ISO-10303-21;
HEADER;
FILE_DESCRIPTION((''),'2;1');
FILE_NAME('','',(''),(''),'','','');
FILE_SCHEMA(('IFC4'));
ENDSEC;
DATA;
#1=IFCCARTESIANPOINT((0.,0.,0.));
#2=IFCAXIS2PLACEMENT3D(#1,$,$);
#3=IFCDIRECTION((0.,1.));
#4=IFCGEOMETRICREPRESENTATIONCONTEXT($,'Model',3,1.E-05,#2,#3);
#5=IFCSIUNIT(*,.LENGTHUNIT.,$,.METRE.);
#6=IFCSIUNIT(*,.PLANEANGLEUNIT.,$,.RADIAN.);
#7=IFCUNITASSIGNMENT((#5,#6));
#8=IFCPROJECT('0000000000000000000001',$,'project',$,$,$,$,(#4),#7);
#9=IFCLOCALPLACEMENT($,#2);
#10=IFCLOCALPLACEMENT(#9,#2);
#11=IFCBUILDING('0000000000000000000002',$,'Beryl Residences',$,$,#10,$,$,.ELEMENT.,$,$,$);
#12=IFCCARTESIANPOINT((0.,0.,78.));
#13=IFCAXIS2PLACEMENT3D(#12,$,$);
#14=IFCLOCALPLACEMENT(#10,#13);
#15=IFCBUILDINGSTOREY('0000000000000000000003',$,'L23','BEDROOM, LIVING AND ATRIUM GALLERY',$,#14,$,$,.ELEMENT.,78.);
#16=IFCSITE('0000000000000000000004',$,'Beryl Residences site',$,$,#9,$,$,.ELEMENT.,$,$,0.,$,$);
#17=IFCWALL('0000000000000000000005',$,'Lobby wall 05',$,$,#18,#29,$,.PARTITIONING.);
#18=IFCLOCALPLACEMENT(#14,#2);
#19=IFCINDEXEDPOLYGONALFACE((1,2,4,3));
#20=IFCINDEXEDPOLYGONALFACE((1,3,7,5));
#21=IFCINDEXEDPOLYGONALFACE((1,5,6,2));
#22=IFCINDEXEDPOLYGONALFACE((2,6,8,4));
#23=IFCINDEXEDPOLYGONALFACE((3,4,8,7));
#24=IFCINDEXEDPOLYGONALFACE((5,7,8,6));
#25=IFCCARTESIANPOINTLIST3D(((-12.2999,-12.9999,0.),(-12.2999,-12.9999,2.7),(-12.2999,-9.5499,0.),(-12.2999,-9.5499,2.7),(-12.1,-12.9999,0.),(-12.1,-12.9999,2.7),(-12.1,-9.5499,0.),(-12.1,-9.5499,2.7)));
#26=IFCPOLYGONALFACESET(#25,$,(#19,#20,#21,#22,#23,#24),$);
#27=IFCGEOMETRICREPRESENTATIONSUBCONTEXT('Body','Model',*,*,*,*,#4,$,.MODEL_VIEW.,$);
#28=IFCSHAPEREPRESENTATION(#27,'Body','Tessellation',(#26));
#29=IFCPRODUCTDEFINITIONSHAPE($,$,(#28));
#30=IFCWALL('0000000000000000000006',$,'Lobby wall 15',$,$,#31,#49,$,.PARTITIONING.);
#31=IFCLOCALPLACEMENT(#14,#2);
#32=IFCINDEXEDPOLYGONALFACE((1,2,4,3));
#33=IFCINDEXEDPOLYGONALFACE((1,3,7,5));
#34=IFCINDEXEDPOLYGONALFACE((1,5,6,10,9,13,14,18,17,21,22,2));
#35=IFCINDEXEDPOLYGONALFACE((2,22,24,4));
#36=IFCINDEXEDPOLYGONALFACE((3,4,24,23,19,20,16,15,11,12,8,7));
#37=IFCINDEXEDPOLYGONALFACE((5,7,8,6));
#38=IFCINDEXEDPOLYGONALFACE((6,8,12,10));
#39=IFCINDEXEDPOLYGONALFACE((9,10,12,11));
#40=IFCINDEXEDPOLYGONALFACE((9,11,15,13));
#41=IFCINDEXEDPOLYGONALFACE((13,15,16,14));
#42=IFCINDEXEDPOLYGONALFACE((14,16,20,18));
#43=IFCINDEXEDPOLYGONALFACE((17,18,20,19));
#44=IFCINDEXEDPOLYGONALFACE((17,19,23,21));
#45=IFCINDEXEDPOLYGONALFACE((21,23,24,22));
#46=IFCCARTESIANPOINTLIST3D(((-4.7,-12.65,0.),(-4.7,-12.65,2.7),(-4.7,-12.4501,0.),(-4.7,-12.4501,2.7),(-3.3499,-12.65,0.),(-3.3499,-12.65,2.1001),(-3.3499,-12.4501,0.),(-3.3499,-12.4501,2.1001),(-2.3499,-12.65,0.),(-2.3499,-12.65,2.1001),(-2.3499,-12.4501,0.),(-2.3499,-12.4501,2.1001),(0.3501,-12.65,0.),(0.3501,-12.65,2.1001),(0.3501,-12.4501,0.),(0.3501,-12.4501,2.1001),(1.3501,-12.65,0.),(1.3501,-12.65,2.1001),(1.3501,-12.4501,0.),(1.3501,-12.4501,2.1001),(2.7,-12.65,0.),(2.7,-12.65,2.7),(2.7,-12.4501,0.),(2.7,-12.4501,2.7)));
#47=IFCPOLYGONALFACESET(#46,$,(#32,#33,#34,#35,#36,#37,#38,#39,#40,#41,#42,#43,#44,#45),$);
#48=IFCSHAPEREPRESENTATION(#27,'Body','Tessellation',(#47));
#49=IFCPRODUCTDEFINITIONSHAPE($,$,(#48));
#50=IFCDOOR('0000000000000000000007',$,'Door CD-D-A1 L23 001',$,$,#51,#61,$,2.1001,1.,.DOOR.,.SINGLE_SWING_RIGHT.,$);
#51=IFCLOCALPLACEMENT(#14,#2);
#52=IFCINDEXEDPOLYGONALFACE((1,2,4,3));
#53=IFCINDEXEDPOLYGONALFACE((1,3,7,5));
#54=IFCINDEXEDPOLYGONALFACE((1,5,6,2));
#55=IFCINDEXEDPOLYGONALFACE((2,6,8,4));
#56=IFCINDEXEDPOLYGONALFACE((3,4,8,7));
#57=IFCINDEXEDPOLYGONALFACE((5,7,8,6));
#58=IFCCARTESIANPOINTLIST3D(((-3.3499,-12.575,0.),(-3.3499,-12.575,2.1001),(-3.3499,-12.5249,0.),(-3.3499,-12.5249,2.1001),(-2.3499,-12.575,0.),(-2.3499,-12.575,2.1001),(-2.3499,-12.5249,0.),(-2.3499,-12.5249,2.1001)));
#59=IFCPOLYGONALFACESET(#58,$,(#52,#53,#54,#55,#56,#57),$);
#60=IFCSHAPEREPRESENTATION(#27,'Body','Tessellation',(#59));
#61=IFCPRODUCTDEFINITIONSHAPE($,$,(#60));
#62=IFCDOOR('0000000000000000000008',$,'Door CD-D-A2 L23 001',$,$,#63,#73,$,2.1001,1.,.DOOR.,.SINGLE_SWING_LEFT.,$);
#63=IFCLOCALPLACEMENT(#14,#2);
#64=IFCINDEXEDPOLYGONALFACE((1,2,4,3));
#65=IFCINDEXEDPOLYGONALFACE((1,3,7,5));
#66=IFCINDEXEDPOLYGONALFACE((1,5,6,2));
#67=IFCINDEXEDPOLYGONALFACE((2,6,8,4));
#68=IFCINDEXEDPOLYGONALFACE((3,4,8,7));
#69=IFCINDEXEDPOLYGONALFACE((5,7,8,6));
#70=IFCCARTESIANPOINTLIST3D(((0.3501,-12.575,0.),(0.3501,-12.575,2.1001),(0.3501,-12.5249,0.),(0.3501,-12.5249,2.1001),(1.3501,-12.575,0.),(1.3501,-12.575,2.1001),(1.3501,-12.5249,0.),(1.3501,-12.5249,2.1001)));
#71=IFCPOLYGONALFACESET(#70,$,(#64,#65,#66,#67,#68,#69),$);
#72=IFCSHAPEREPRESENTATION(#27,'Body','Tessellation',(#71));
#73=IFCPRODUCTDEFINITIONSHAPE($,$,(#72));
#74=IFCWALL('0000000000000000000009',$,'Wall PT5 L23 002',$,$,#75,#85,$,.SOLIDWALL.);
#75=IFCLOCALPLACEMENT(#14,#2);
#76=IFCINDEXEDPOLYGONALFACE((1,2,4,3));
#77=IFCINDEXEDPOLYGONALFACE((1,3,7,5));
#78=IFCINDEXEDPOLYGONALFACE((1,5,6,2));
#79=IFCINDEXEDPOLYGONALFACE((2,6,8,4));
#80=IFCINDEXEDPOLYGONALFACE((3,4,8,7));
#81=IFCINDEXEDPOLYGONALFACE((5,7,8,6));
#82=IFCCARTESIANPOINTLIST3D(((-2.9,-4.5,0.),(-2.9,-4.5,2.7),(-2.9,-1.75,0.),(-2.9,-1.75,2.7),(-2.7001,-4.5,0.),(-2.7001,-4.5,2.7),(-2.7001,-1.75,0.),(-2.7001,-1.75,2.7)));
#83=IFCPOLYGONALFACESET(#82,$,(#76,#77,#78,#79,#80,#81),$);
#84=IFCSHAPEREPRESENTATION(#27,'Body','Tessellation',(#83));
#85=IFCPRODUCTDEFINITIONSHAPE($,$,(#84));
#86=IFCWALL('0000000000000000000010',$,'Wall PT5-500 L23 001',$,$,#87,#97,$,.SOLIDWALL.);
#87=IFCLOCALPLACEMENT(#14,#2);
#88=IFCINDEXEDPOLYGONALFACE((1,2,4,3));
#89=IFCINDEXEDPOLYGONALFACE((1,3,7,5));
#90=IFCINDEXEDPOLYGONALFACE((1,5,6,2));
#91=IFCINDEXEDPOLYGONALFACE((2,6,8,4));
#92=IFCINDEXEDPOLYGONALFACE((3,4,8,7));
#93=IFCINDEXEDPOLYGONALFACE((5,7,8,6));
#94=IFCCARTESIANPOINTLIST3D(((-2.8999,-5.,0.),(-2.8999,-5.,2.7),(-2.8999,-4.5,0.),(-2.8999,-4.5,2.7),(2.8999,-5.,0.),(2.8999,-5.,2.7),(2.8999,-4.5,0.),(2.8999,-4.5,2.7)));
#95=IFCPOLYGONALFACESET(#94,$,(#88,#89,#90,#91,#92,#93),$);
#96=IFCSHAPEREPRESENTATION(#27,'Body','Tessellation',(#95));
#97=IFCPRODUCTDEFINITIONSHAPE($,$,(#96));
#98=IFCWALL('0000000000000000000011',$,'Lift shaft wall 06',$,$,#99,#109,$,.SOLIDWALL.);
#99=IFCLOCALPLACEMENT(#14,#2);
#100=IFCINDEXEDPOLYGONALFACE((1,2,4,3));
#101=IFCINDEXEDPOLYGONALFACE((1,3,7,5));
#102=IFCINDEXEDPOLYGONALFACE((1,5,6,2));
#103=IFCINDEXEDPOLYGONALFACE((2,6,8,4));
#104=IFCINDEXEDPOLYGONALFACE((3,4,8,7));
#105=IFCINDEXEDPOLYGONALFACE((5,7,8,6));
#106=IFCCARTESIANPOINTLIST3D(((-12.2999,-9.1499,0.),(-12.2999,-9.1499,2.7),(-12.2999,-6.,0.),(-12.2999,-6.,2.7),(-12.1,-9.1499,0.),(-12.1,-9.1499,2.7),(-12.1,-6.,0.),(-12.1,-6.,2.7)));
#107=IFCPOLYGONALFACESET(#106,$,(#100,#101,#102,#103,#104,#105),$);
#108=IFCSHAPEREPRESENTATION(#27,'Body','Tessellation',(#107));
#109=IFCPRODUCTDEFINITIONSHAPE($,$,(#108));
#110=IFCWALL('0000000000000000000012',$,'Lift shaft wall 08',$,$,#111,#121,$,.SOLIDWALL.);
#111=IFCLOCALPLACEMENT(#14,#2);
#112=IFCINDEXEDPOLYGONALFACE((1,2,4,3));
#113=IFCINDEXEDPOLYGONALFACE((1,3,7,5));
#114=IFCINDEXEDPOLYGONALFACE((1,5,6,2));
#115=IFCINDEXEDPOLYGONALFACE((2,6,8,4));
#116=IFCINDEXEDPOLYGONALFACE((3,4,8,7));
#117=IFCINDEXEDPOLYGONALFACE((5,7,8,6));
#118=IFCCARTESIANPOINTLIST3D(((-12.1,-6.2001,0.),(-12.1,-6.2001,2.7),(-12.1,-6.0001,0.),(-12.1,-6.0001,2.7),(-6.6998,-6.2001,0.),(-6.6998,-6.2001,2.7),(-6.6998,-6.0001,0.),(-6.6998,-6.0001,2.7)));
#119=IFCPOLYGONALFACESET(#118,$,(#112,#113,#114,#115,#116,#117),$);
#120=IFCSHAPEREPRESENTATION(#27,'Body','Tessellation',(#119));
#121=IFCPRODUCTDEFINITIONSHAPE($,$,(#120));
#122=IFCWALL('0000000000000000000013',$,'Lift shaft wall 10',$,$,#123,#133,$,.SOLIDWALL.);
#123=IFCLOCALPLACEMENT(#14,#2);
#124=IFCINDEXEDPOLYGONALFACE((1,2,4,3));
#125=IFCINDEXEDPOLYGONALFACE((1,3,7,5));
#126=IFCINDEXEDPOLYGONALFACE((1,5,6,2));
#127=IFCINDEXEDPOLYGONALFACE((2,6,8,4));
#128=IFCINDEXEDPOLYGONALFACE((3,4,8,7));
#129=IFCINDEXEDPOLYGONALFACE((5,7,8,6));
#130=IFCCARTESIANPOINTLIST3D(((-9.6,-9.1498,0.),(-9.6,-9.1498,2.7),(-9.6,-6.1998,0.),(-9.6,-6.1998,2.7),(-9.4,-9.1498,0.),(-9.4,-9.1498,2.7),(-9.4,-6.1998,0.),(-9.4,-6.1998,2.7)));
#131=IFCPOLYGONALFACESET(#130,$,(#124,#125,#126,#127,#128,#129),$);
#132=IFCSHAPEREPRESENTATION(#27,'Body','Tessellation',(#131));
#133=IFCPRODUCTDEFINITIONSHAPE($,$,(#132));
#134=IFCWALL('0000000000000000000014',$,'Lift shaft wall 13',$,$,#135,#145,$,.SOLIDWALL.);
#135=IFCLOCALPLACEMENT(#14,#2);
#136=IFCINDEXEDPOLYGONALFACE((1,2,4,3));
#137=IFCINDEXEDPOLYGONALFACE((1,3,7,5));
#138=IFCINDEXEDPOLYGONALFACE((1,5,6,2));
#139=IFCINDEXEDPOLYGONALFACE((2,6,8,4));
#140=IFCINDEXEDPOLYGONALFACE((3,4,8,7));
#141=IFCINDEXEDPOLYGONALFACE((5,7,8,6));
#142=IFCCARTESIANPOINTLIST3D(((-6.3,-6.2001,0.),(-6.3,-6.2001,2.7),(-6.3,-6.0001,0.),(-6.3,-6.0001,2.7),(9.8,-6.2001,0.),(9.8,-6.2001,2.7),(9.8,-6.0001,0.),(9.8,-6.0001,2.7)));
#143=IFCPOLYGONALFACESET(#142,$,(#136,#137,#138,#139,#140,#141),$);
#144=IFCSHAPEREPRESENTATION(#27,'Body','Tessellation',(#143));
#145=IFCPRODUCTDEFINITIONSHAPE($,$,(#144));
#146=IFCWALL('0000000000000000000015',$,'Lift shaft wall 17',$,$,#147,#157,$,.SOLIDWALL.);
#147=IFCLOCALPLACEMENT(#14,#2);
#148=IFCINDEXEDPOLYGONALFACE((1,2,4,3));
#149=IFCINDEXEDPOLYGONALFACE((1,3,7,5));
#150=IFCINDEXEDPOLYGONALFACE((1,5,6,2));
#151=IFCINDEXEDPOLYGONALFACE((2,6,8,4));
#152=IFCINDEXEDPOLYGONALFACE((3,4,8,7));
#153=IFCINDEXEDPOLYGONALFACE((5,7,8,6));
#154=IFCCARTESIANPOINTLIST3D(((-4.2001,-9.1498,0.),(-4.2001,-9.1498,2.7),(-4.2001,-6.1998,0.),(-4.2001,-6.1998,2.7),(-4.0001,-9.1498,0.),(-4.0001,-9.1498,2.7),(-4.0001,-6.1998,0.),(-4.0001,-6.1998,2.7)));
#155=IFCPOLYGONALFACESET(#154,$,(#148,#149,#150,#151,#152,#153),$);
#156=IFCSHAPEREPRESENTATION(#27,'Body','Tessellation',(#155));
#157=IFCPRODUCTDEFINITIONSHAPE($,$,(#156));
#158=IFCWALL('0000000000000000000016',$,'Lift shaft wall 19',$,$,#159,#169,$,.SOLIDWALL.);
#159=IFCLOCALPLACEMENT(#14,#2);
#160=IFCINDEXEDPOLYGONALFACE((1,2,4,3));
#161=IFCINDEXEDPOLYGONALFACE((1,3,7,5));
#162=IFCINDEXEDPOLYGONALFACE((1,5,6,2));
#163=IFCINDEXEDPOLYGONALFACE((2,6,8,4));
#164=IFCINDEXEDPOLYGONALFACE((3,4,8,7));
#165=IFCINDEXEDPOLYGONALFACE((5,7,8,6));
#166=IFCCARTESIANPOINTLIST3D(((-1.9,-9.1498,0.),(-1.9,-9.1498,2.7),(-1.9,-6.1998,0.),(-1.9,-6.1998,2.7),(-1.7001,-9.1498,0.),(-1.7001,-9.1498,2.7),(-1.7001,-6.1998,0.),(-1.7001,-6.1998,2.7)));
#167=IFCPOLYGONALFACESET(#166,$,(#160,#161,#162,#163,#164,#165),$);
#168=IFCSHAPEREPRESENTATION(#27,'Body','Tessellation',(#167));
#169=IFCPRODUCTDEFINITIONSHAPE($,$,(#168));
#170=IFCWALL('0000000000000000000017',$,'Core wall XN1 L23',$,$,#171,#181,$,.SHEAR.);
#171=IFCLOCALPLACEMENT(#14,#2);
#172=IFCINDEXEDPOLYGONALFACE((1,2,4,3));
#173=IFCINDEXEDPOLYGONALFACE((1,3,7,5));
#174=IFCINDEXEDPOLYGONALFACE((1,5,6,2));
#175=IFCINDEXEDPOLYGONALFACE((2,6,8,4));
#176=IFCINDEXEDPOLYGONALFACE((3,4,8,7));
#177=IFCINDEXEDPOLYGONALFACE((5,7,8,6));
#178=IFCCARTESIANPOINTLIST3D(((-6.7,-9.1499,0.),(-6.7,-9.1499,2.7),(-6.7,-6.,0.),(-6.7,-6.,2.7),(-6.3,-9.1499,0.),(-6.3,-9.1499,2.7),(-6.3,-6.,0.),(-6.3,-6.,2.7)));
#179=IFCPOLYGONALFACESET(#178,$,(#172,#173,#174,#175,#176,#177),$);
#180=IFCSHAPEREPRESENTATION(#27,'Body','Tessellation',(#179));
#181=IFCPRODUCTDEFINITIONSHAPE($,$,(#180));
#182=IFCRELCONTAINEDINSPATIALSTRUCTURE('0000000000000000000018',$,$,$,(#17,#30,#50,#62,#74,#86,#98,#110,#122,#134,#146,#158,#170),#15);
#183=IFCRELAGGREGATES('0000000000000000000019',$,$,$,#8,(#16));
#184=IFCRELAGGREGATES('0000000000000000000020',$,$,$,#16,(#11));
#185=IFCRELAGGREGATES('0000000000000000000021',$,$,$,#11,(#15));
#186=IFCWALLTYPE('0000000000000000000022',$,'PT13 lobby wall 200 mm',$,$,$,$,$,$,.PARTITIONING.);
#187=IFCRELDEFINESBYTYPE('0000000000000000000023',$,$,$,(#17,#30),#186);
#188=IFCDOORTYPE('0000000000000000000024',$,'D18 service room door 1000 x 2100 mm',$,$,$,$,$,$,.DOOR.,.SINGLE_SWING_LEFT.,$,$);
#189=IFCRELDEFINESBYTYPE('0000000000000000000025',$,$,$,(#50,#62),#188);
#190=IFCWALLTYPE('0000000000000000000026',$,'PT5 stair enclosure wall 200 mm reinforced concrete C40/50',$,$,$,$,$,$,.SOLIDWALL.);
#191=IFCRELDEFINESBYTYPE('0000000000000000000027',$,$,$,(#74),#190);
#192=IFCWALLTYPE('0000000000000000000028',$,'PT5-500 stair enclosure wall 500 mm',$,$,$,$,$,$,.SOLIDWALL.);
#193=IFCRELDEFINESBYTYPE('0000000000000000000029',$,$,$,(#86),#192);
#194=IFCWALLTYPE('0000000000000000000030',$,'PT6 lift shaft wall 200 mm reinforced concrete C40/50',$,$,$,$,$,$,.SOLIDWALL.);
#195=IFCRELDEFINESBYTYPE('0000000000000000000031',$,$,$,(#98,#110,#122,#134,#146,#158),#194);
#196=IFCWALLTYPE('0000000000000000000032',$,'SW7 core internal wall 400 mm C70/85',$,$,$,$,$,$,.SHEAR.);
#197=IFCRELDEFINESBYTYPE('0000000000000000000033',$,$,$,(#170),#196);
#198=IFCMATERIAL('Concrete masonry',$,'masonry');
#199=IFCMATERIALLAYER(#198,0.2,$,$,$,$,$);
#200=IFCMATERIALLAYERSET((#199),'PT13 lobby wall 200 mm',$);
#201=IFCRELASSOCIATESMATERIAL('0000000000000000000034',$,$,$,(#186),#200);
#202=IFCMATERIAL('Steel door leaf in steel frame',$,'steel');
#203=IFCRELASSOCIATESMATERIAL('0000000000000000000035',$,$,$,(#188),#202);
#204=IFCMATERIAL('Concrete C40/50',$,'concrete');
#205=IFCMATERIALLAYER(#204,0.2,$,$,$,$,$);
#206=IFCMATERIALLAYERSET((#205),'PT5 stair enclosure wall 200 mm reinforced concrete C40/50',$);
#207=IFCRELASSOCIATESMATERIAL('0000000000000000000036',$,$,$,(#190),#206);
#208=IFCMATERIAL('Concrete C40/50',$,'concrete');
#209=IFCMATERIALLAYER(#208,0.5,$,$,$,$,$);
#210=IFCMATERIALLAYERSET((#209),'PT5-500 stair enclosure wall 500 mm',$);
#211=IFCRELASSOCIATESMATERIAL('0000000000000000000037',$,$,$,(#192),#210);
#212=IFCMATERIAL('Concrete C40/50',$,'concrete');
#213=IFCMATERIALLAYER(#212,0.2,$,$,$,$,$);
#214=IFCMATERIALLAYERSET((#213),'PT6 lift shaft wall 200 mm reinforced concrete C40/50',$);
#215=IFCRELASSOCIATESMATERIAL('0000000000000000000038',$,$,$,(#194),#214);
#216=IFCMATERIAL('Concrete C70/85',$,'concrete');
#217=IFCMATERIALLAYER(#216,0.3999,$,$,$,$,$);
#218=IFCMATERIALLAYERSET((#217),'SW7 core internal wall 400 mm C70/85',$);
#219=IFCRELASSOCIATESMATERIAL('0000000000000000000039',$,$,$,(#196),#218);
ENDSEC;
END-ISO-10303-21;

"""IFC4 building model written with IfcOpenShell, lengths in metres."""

from ifc_helpers import new_model, si_unit, direction, frame, frame_2d, origin, place, context, subcontext, project, spatial, rectangle, extrude, material, layer, layer_set, type_object, element, fill, save


model = new_model("IFC4")

# Units and contexts
model_context = context("Model", 3, precision=1e-05, world=origin(), true_north=direction((0.0, 1.0)))
body_context = subcontext(model_context, "Body", "Model", "MODEL_VIEW")
ifc_project = project(units=[si_unit("LENGTHUNIT", "METRE"), si_unit("PLANEANGLEUNIT", "RADIAN")], contexts=[model_context])

# Site, building, storey
site_placement = place(None, origin())
site = spatial("IfcSite", under=ifc_project, at=site_placement, Name="Beryl Residences site", CompositionType="ELEMENT", RefElevation=0.0)
building_placement = place(site_placement, origin())
building = spatial("IfcBuilding", under=site, at=building_placement, Name="Beryl Residences", CompositionType="ELEMENT")
storey_placement = place(building_placement, frame((0.0, 0.0, 78.0)))
storey = spatial("IfcBuildingStorey", under=building, at=storey_placement, Name="L23", Description="BEDROOM, LIVING AND ATRIUM GALLERY", CompositionType="ELEMENT", Elevation=78.0)

# Wall
ifc_material_1 = material(Name="Concrete masonry", Category="masonry")
ifc_layer_1 = layer(ifc_material_1, 0.2)
ifc_layer_set_1 = layer_set([ifc_layer_1], Name="PT13 lobby wall 200 mm")
wall_type_1 = type_object("IfcWallType", Name="PT13 lobby wall 200 mm", PredefinedType="PARTITIONING", material=ifc_layer_set_1)
wall_1_placement = place(storey_placement, frame((-12.2, -13.0, 0.0), z_axis=(0.0, 0.0, 1.0), x_axis=(0.0, 1.0, 0.0)))
element("IfcWall", 1, at=wall_1_placement, inside=storey, type_object=wall_type_1, Name="Lobby wall 05", PredefinedType="PARTITIONING", context=body_context, shape_type="SweptSolid", body=[
    extrude(rectangle(XDim=3.45, YDim=0.2, at=frame_2d((1.7251, 0.0))), origin(), (0.0, 0.0, 1.0), 2.7),
])

# Wall, openings, doors
wall_2_placement = place(storey_placement, frame((-4.7, -12.55, 0.0), z_axis=(0.0, 0.0, 1.0), x_axis=(1.0, 0.0, 0.0)))
wall_2 = element("IfcWall", 2, at=wall_2_placement, inside=storey, type_object=wall_type_1, Name="Lobby wall 15", PredefinedType="PARTITIONING", context=body_context, shape_type="SweptSolid", body=[
    extrude(rectangle(XDim=7.3999, YDim=0.2, at=frame_2d((3.7, 0.0))), origin(), (0.0, 0.0, 1.0), 2.7),
])
opening_1_placement = place(wall_2_placement, frame((2.3501, 0.0, 0.0), z_axis=(0.0, 0.0, 1.0), x_axis=(-1.0, 0.0, 0.0)))
opening_1 = element("IfcOpeningElement", 3, at=opening_1_placement, cuts=wall_2, PredefinedType="OPENING", context=body_context, shape_type="SweptSolid", body=[
    extrude(rectangle(XDim=1.0, YDim=2.1001, at=frame_2d((0.5, 1.05))), frame((0.0, 0.1099, 0.0), z_axis=(0.0, -1.0, 0.0), x_axis=(1.0, 0.0, 0.0)), (0.0, 0.0, 1.0), 0.22),
])
opening_2_placement = place(wall_2_placement, frame((6.05, 0.0, 0.0), z_axis=(0.0, 0.0, 1.0), x_axis=(-1.0, 0.0, 0.0)))
opening_2 = element("IfcOpeningElement", 4, at=opening_2_placement, cuts=wall_2, PredefinedType="OPENING", context=body_context, shape_type="SweptSolid", body=[
    extrude(rectangle(XDim=1.0, YDim=2.1001, at=frame_2d((0.5, 1.05))), frame((0.0, 0.1099, 0.0), z_axis=(0.0, -1.0, 0.0), x_axis=(1.0, 0.0, 0.0)), (0.0, 0.0, 1.0), 0.22),
])
ifc_material_2 = material(Name="Steel door leaf in steel frame", Category="steel")
door_type_1 = type_object("IfcDoorType", Name="D18 service room door 1000 x 2100 mm", OperationType="SINGLE_SWING_LEFT", PredefinedType="DOOR", material=ifc_material_2)
door_1_placement = place(opening_1_placement, origin())
door_1 = element("IfcDoor", 5, at=door_1_placement, inside=storey, type_object=door_type_1, Name="Door CD-D-A1 L23 001", OperationType="SINGLE_SWING_RIGHT", OverallHeight=2.1001, OverallWidth=1.0, PredefinedType="DOOR", context=body_context, shape_type="SweptSolid", body=[
    extrude(rectangle(XDim=1.0, YDim=2.1001, at=frame_2d((0.5, 1.05))), frame((0.0, 0.0249, 0.0), z_axis=(0.0, -1.0, 0.0), x_axis=(1.0, 0.0, 0.0)), (0.0, 0.0, 1.0), 0.05),
])
fill(opening_1, door_1)
door_2_placement = place(opening_2_placement, origin())
door_2 = element("IfcDoor", 6, at=door_2_placement, inside=storey, type_object=door_type_1, Name="Door CD-D-A2 L23 001", OperationType="SINGLE_SWING_LEFT", OverallHeight=2.1001, OverallWidth=1.0, PredefinedType="DOOR", context=body_context, shape_type="SweptSolid", body=[
    extrude(rectangle(XDim=1.0, YDim=2.1001, at=frame_2d((0.5, 1.05))), frame((0.0, 0.0249, 0.0), z_axis=(0.0, -1.0, 0.0), x_axis=(1.0, 0.0, 0.0)), (0.0, 0.0, 1.0), 0.05),
])
fill(opening_2, door_2)

# Walls
ifc_material_3 = material(Name="Concrete C40/50", Category="concrete")
ifc_layer_2 = layer(ifc_material_3, 0.2)
ifc_layer_set_2 = layer_set([ifc_layer_2], Name="PT5 stair enclosure wall 200 mm reinforced concrete C40/50")
wall_type_2 = type_object("IfcWallType", Name="PT5 stair enclosure wall 200 mm reinforced concrete C40/50", PredefinedType="SOLIDWALL", material=ifc_layer_set_2)
wall_3_placement = place(storey_placement, frame((-2.8, -4.5, 0.0), z_axis=(0.0, 0.0, 1.0), x_axis=(0.0, 1.0, 0.0)))
element("IfcWall", 7, at=wall_3_placement, inside=storey, type_object=wall_type_2, Name="Wall PT5 L23 002", PredefinedType="SOLIDWALL", context=body_context, shape_type="SweptSolid", body=[
    extrude(rectangle(XDim=2.75, YDim=0.2, at=frame_2d((1.375, 0.0))), origin(), (0.0, 0.0, 1.0), 2.7),
])
ifc_material_4 = material(Name="Concrete C40/50", Category="concrete")
ifc_layer_3 = layer(ifc_material_4, 0.5)
ifc_layer_set_3 = layer_set([ifc_layer_3], Name="PT5-500 stair enclosure wall 500 mm")
wall_type_3 = type_object("IfcWallType", Name="PT5-500 stair enclosure wall 500 mm", PredefinedType="SOLIDWALL", material=ifc_layer_set_3)
wall_4_placement = place(storey_placement, frame((-2.8999, -4.75, 0.0), z_axis=(0.0, 0.0, 1.0), x_axis=(1.0, 0.0, 0.0)))
element("IfcWall", 8, at=wall_4_placement, inside=storey, type_object=wall_type_3, Name="Wall PT5-500 L23 001", PredefinedType="SOLIDWALL", context=body_context, shape_type="SweptSolid", body=[
    extrude(rectangle(XDim=5.7998, YDim=0.5, at=frame_2d((2.8999, 0.0))), origin(), (0.0, 0.0, 1.0), 2.7),
])
ifc_material_5 = material(Name="Concrete C40/50", Category="concrete")
ifc_layer_4 = layer(ifc_material_5, 0.2)
ifc_layer_set_4 = layer_set([ifc_layer_4], Name="PT6 lift shaft wall 200 mm reinforced concrete C40/50")
wall_type_4 = type_object("IfcWallType", Name="PT6 lift shaft wall 200 mm reinforced concrete C40/50", PredefinedType="SOLIDWALL", material=ifc_layer_set_4)
wall_5_placement = place(storey_placement, frame((-12.2, -9.1499, 0.0), z_axis=(0.0, 0.0, 1.0), x_axis=(0.0, 1.0, 0.0)))
element("IfcWall", 9, at=wall_5_placement, inside=storey, type_object=wall_type_4, Name="Lift shaft wall 06", PredefinedType="SOLIDWALL", context=body_context, shape_type="SweptSolid", body=[
    extrude(rectangle(XDim=3.1499, YDim=0.2, at=frame_2d((1.575, 0.0))), origin(), (0.0, 0.0, 1.0), 2.7),
])
wall_6_placement = place(storey_placement, frame((-12.1001, -6.1001, 0.0), z_axis=(0.0, 0.0, 1.0), x_axis=(1.0, 0.0, 0.0)))
element("IfcWall", 10, at=wall_6_placement, inside=storey, type_object=wall_type_4, Name="Lift shaft wall 08", PredefinedType="SOLIDWALL", context=body_context, shape_type="SweptSolid", body=[
    extrude(rectangle(XDim=5.4001, YDim=0.2, at=frame_2d((2.7002, 0.0))), origin(), (0.0, 0.0, 1.0), 2.7),
])
wall_7_placement = place(storey_placement, frame((-9.5, -9.1499, 0.0), z_axis=(0.0, 0.0, 1.0), x_axis=(0.0, 1.0, 0.0)))
element("IfcWall", 11, at=wall_7_placement, inside=storey, type_object=wall_type_4, Name="Lift shaft wall 10", PredefinedType="SOLIDWALL", context=body_context, shape_type="SweptSolid", body=[
    extrude(rectangle(XDim=2.95, YDim=0.2, at=frame_2d((1.4751, 0.0))), origin(), (0.0, 0.0, 1.0), 2.7),
])
wall_8_placement = place(storey_placement, frame((-6.3, -6.1001, 0.0), z_axis=(0.0, 0.0, 1.0), x_axis=(1.0, 0.0, 0.0)))
element("IfcWall", 12, at=wall_8_placement, inside=storey, type_object=wall_type_4, Name="Lift shaft wall 13", PredefinedType="SOLIDWALL", context=body_context, shape_type="SweptSolid", body=[
    extrude(rectangle(XDim=16.1001, YDim=0.2, at=frame_2d((8.05, 0.0))), origin(), (0.0, 0.0, 1.0), 2.7),
])
for number, where, z_axis, x_axis, name in (
    (13, (-4.1001, -9.1499, 0.0), (0.0, 0.0, 1.0), (0.0, 1.0, 0.0), "Lift shaft wall 17"),
    (14, (-1.8, -9.1499, 0.0), (0.0, 0.0, 1.0), (0.0, 1.0, 0.0), "Lift shaft wall 19"),
):
    element("IfcWall", number, at=place(storey_placement, frame(where, z_axis=z_axis, x_axis=x_axis)), inside=storey, type_object=wall_type_4, Name=name, PredefinedType="SOLIDWALL", context=body_context, shape_type="SweptSolid", body=[
        extrude(rectangle(XDim=2.95, YDim=0.2, at=frame_2d((1.4751, 0.0))), origin(), (0.0, 0.0, 1.0), 2.7),
    ])

# Shared definitions
ifc_material_6 = material(Name="Concrete C70/85", Category="concrete")
ifc_layer_5 = layer(ifc_material_6, 0.3999)
ifc_layer_set_5 = layer_set([ifc_layer_5], Name="SW7 core internal wall 400 mm C70/85")
wall_type_5 = type_object("IfcWallType", Name="SW7 core internal wall 400 mm C70/85", PredefinedType="SHEAR", material=ifc_layer_set_5)

# Wall
wall_9_placement = place(storey_placement, frame((-6.5, -9.1499, 0.0), z_axis=(0.0, 0.0, 1.0), x_axis=(0.0, 1.0, 0.0)))
element("IfcWall", 15, at=wall_9_placement, inside=storey, type_object=wall_type_5, Name="Core wall XN1 L23", PredefinedType="SHEAR", context=body_context, shape_type="SweptSolid", body=[
    extrude(rectangle(XDim=3.1499, YDim=0.3999, at=frame_2d((1.575, 0.0))), origin(), (0.0, 0.0, 1.0), 2.7),
])

save(model, "model.ifc")
